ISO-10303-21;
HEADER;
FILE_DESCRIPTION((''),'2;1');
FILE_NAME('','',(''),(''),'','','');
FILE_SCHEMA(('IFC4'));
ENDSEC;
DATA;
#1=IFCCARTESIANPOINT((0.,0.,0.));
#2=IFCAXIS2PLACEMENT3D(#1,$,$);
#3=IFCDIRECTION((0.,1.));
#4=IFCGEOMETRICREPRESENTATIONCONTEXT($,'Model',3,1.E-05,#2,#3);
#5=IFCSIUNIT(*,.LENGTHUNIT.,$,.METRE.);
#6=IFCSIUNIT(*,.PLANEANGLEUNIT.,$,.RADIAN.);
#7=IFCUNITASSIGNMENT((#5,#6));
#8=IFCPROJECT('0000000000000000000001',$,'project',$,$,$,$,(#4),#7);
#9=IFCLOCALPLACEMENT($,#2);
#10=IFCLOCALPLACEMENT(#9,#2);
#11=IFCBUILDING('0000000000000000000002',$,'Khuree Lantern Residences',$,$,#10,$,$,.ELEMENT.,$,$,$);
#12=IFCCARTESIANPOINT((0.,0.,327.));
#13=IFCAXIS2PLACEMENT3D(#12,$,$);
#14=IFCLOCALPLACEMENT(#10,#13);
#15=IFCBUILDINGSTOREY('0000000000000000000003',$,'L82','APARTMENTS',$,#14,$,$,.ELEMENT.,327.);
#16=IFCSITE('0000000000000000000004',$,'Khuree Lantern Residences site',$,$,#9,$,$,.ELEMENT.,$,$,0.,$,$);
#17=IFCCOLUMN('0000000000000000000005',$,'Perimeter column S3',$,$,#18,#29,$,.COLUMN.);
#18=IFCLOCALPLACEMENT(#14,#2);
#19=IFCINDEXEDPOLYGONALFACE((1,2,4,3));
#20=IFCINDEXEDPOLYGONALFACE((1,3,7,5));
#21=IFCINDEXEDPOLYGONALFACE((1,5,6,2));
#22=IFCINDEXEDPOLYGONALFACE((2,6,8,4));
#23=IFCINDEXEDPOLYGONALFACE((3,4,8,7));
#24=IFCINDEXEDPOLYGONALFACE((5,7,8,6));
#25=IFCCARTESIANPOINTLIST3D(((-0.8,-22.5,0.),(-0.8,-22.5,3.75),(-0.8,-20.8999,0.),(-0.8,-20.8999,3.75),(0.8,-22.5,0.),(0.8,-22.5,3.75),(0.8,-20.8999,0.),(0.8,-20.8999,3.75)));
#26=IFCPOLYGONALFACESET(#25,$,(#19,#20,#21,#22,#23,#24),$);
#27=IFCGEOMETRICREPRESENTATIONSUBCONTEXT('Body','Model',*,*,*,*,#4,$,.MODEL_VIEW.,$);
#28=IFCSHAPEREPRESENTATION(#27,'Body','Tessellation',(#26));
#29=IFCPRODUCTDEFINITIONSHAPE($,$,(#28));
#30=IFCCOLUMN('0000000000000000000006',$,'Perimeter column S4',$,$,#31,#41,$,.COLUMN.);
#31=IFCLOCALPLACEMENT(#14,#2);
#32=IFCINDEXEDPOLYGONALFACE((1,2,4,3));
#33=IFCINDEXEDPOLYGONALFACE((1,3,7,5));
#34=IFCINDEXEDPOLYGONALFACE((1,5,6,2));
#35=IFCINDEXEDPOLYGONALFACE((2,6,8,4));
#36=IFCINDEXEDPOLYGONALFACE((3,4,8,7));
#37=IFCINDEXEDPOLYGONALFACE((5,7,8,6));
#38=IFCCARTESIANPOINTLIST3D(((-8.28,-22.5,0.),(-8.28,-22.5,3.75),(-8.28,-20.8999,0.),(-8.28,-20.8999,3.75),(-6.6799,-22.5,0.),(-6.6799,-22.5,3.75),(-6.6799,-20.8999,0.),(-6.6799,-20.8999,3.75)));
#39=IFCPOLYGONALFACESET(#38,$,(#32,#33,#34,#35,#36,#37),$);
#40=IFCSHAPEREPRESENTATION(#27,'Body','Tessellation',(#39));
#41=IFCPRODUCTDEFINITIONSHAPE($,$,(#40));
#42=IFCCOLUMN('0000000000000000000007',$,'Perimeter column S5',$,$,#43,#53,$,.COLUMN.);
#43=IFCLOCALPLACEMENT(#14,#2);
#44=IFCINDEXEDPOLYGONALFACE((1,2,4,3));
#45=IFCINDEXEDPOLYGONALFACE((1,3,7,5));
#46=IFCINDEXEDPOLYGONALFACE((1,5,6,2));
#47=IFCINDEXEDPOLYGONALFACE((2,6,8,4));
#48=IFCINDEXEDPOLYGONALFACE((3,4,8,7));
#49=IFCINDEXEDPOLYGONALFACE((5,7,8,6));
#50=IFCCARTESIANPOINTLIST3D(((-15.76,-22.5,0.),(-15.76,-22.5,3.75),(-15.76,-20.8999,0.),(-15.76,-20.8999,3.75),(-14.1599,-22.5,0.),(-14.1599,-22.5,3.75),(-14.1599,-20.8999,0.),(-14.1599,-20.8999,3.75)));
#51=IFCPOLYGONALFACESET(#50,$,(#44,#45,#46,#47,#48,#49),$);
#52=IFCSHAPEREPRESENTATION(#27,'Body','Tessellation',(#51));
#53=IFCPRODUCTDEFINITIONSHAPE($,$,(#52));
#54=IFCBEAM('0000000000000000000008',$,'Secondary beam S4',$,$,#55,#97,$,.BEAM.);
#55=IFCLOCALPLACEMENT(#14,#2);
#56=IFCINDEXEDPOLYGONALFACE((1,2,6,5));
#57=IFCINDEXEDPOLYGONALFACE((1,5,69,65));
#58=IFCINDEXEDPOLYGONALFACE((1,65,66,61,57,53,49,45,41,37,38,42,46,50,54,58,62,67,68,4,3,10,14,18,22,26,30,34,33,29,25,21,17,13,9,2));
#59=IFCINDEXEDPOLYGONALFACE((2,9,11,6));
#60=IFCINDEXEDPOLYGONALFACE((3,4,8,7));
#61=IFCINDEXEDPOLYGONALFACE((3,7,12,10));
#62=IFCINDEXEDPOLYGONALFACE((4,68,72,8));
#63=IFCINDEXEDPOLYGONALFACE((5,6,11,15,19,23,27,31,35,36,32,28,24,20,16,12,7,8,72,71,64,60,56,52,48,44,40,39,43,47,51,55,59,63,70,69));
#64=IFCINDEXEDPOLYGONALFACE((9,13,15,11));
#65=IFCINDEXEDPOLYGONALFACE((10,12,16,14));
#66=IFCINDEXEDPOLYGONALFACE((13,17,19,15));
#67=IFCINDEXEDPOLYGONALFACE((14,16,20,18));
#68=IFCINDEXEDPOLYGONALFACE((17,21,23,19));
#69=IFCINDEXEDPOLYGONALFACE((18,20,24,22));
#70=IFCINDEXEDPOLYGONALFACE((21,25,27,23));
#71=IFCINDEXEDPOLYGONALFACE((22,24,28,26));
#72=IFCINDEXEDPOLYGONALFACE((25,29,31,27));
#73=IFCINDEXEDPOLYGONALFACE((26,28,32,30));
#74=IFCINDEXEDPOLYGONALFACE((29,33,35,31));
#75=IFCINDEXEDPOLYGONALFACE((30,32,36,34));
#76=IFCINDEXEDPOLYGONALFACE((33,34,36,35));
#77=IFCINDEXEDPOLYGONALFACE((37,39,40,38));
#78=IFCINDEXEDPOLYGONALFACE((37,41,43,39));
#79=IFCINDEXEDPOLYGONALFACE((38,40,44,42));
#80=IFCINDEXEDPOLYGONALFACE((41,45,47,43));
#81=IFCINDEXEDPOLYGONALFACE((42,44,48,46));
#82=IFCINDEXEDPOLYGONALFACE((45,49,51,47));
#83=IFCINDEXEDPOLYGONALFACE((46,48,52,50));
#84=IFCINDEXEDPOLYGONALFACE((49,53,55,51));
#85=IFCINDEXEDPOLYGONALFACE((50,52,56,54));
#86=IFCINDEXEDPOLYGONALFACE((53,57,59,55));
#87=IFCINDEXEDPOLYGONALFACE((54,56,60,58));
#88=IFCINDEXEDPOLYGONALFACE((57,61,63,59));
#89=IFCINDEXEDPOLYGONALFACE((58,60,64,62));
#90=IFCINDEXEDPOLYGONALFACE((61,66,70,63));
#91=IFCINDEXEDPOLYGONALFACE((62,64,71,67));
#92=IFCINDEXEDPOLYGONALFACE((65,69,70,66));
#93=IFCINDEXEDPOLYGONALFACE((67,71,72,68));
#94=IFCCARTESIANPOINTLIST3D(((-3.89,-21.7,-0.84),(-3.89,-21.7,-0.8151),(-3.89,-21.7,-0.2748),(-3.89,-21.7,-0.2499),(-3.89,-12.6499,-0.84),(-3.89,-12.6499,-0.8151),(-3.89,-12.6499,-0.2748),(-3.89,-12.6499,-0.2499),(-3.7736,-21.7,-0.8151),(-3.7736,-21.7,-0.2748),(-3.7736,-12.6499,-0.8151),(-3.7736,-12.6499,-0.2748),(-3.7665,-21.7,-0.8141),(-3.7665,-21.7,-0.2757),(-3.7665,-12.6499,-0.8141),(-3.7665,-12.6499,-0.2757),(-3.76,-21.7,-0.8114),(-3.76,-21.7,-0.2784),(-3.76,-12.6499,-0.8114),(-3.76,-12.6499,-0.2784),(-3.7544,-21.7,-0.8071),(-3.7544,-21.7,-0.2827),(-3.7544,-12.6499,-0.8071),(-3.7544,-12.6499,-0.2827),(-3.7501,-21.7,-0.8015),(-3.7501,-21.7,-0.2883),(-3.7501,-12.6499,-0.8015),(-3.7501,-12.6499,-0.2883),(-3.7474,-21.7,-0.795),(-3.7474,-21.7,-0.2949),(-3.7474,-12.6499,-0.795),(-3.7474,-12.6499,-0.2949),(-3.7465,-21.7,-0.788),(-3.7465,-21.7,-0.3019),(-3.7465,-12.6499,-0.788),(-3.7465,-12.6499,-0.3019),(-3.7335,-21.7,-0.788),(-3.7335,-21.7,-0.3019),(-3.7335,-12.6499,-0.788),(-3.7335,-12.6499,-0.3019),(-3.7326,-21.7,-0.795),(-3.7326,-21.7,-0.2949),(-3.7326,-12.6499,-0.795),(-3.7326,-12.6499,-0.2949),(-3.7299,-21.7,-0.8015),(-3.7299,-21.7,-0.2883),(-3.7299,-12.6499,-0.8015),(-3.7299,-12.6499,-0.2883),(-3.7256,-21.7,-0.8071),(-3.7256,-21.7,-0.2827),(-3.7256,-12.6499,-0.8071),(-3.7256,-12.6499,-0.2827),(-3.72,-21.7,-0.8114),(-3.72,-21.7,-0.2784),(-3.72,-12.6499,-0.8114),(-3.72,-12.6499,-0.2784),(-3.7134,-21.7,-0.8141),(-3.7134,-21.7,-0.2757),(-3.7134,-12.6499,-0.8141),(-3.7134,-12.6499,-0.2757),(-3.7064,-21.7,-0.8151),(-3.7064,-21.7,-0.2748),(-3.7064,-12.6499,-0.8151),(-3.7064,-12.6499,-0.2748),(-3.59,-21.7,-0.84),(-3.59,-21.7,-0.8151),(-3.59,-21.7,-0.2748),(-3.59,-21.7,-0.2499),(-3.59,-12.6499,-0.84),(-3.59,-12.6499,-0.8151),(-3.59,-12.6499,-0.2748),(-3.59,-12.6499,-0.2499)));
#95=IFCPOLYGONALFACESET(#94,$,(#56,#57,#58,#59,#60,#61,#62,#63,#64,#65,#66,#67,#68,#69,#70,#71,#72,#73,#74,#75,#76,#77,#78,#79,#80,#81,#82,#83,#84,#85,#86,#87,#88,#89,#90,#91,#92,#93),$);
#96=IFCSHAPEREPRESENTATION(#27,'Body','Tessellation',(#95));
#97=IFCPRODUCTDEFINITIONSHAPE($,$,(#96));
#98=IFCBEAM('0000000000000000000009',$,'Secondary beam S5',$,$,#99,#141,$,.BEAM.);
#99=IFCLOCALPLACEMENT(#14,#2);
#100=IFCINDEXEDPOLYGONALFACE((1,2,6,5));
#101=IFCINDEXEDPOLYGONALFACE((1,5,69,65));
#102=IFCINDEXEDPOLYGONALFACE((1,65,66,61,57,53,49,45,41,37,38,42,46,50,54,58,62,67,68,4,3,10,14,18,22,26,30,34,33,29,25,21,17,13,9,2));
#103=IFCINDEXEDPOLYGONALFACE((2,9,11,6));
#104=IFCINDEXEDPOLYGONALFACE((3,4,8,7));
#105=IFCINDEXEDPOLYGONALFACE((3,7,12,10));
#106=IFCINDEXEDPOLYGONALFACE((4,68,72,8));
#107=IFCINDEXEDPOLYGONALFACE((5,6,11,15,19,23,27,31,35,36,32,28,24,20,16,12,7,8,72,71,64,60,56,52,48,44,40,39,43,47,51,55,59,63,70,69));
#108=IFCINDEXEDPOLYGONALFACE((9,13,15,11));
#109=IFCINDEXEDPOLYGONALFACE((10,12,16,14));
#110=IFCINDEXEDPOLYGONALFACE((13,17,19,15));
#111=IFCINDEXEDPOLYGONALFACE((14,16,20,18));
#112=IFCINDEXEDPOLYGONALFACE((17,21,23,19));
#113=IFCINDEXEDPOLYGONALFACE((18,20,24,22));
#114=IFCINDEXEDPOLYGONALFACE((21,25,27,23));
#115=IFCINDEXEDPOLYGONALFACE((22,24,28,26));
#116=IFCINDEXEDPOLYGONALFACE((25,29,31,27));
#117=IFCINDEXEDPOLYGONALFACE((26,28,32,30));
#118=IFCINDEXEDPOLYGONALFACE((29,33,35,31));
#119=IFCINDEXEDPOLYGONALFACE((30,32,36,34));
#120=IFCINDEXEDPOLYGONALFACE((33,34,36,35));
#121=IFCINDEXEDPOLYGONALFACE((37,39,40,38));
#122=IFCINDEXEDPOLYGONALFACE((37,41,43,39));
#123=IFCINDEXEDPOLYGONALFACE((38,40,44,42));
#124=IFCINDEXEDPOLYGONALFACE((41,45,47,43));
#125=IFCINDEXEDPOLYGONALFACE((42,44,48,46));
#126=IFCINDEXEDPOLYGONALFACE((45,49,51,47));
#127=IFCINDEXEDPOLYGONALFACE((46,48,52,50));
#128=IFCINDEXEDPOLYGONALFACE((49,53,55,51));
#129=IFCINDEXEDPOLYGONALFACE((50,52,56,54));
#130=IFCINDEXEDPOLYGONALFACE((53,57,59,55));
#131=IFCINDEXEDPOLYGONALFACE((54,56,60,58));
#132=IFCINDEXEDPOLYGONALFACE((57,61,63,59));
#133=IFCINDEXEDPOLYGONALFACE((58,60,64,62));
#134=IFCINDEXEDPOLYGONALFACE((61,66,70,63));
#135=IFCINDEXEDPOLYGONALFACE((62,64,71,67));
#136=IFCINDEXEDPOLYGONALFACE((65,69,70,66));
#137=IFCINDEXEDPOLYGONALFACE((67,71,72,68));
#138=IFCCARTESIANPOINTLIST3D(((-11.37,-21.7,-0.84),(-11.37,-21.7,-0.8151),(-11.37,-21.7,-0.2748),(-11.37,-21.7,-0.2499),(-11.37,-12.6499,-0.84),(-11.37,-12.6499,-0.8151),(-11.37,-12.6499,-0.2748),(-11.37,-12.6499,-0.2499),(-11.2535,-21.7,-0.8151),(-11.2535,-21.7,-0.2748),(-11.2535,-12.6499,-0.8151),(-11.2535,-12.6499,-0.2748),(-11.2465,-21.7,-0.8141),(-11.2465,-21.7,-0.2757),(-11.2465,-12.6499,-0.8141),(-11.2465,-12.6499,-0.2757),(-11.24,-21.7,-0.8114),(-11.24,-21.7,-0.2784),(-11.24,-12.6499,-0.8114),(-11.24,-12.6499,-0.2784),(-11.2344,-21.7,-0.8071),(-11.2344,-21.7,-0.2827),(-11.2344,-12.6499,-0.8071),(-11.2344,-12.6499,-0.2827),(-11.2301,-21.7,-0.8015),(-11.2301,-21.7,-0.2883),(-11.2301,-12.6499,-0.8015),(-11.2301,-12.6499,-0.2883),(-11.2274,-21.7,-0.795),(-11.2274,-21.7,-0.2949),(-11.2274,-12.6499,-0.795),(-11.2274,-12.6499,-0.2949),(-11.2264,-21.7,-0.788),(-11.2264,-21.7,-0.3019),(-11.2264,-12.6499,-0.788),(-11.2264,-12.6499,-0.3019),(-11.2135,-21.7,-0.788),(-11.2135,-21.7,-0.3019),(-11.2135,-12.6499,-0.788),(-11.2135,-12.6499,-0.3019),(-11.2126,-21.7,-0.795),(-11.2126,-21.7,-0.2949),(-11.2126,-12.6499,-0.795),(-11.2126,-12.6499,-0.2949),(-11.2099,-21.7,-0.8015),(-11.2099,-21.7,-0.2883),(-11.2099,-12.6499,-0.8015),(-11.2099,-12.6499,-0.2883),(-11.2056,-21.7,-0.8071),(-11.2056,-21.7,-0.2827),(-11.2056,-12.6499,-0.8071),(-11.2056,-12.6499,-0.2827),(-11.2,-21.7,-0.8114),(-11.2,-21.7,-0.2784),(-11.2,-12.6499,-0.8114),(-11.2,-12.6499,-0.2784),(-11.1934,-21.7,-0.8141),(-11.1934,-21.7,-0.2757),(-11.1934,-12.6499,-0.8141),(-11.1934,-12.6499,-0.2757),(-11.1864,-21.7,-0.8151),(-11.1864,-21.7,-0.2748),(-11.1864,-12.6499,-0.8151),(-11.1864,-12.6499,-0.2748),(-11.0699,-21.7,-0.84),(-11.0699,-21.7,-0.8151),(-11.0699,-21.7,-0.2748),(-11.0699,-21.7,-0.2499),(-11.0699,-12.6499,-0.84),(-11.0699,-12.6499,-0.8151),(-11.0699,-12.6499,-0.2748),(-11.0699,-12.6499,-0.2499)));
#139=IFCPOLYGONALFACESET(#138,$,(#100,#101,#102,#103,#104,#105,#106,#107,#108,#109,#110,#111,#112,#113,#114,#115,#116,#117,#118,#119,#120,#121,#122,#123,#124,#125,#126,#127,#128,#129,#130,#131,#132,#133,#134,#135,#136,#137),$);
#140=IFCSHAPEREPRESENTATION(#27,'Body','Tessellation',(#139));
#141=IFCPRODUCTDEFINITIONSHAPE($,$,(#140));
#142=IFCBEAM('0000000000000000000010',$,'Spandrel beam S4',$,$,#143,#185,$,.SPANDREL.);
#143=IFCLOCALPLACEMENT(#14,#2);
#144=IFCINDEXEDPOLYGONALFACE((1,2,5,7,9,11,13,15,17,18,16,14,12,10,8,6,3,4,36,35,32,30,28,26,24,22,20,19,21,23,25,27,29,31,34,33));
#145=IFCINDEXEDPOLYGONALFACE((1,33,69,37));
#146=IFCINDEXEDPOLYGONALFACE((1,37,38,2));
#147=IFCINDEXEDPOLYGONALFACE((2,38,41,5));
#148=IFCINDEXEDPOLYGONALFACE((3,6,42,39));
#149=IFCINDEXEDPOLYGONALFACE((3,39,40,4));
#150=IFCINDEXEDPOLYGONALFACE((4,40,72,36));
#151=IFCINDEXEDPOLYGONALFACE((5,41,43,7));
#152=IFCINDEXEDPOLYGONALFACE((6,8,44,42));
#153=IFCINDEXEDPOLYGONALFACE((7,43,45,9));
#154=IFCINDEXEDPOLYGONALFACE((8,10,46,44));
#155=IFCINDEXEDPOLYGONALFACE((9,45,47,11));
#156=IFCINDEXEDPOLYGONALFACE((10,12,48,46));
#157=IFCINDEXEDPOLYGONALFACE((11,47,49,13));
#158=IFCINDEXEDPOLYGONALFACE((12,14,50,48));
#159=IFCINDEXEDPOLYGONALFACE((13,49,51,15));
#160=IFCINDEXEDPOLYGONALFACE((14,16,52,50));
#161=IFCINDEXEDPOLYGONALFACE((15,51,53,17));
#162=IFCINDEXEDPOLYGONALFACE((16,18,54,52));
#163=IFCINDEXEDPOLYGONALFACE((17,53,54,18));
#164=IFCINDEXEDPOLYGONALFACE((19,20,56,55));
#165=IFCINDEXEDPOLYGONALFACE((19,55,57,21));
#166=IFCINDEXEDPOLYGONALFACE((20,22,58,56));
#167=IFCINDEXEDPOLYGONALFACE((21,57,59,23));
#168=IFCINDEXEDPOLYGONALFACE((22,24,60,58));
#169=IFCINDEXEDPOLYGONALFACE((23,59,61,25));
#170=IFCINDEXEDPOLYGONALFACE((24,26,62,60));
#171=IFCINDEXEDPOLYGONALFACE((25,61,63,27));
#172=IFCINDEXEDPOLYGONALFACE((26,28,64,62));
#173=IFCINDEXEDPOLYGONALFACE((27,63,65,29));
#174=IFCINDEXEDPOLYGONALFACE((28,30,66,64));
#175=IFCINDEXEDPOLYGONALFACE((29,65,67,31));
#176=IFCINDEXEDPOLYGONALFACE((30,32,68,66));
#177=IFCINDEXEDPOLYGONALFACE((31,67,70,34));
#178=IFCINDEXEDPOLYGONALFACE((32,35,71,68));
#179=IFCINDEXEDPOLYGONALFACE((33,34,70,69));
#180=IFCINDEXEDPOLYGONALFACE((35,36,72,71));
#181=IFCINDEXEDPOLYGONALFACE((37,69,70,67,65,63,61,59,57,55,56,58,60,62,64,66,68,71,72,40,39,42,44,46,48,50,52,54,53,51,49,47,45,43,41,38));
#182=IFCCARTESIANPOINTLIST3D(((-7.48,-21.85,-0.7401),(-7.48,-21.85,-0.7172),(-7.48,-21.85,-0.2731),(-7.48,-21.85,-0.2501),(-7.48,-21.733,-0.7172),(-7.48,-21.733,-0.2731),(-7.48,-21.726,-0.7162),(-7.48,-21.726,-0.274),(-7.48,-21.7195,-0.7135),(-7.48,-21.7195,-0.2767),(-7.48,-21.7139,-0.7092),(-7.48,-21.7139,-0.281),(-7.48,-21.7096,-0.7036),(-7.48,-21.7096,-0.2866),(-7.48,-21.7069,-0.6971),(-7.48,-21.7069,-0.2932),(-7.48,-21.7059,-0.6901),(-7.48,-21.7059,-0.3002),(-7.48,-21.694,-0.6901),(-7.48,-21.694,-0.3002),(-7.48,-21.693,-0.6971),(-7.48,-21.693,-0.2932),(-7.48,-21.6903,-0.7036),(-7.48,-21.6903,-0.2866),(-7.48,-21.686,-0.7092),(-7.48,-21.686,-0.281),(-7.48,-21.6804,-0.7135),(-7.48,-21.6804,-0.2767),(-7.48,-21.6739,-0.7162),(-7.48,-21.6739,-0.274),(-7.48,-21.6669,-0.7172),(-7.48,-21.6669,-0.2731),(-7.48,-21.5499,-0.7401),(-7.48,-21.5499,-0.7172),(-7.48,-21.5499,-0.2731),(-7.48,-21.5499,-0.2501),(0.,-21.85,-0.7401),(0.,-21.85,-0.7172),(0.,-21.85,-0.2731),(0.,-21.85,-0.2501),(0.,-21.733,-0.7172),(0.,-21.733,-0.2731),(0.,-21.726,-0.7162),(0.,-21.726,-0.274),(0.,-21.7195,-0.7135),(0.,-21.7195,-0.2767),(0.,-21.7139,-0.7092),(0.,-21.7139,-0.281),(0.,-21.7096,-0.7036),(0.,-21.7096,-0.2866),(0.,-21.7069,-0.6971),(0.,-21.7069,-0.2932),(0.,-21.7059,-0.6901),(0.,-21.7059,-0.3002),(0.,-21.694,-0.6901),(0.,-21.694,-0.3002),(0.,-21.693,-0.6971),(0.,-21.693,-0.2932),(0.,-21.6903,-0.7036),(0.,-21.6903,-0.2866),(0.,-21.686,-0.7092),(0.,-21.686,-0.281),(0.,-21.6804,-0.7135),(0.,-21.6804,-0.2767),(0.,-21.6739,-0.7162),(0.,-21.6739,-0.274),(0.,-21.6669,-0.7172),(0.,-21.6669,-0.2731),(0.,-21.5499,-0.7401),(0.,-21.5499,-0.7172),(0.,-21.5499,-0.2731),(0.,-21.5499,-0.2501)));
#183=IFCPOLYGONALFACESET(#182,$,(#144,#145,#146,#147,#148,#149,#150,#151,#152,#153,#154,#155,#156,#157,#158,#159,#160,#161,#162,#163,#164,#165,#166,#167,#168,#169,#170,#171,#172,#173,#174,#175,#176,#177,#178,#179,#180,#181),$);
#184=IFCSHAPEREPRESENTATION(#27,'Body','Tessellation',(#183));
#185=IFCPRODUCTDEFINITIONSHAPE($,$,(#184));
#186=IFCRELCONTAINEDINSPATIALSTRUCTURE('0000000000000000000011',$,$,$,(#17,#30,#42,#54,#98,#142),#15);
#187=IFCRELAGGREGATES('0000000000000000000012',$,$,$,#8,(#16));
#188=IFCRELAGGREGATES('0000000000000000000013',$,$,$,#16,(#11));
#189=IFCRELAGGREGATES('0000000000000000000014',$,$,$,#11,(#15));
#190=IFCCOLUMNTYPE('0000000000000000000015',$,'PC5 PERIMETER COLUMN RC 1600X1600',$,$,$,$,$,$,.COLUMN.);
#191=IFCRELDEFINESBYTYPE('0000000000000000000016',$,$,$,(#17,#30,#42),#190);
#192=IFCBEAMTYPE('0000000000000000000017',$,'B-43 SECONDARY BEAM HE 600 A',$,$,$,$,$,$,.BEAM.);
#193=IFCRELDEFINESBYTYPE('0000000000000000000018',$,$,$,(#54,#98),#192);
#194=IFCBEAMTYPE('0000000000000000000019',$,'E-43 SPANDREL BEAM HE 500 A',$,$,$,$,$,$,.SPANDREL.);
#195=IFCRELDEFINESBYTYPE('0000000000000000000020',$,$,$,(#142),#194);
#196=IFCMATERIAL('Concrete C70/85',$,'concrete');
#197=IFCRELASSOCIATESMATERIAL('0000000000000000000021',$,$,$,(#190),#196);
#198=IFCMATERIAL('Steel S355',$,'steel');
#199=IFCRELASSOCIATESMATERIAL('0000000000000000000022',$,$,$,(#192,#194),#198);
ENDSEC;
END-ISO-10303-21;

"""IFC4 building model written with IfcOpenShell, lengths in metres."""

from ifc_helpers import new_model, si_unit, direction, frame, origin, origin_2d, place, context, subcontext, project, spatial, rectangle, i_section, extrude, material, material_profile, profile_set, type_object, element, save


model = new_model("IFC4")

# Units and contexts
model_context = context("Model", 3, precision=1e-05, world=origin(), true_north=direction((0.0, 1.0)))
body_context = subcontext(model_context, "Body", "Model", "MODEL_VIEW")
ifc_project = project(units=[si_unit("LENGTHUNIT", "METRE"), si_unit("PLANEANGLEUNIT", "RADIAN")], contexts=[model_context])

# Site, building, storey
site_placement = place(None, origin())
site = spatial("IfcSite", under=ifc_project, at=site_placement, Name="Khuree Lantern Residences site", CompositionType="ELEMENT", RefElevation=0.0)
building_placement = place(site_placement, origin())
building = spatial("IfcBuilding", under=site, at=building_placement, Name="Khuree Lantern Residences", CompositionType="ELEMENT")
storey_placement = place(building_placement, frame((0.0, 0.0, 327.0)))
storey = spatial("IfcBuildingStorey", under=building, at=storey_placement, Name="L82", Description="APARTMENTS", CompositionType="ELEMENT", Elevation=327.0)

# Columns
ifc_material_1 = material(Name="Concrete C70/85", Category="concrete")
ifc_material_profile_1 = material_profile(ifc_material_1, rectangle(XDim=1.6001, YDim=1.6001, at=origin_2d()), Name="RC 1600X1600")
ifc_profile_set_1 = profile_set([ifc_material_profile_1], Name="Concrete C70/85")
column_type = type_object("IfcColumnType", Name="PC5 PERIMETER COLUMN RC 1600X1600", PredefinedType="COLUMN", material=ifc_profile_set_1)
for number, where, z_axis, x_axis, name in (
    (1, (0.0, -21.7, 0.0), (0.0, 0.0, 1.0), (1.0, 0.0, 0.0), "Perimeter column S3"),
    (2, (-7.48, -21.7, 0.0), (0.0, 0.0, 1.0), (1.0, 0.0, 0.0), "Perimeter column S4"),
    (3, (-14.96, -21.7, 0.0), (0.0, 0.0, 1.0), (1.0, 0.0, 0.0), "Perimeter column S5"),
):
    element("IfcColumn", number, at=place(storey_placement, frame(where, z_axis=z_axis, x_axis=x_axis)), inside=storey, type_object=column_type, Name=name, PredefinedType="COLUMN", context=body_context, shape_type="SweptSolid", body=[
        extrude(rectangle(XDim=1.6001, YDim=1.6001, at=origin_2d()), origin(), (0.0, 0.0, 1.0), 3.75),
    ])

# Beams
ifc_material_2 = material(Name="Steel S355", Category="steel")
ifc_material_profile_2 = material_profile(ifc_material_2, i_section(OverallWidth=0.3, OverallDepth=0.5901, WebThickness=0.0129, FlangeThickness=0.0249, FilletRadius=0.0271, at=origin_2d()), Name="HE 600 A")
ifc_profile_set_2 = profile_set([ifc_material_profile_2], Name="Steel S355")
beam_type_1 = type_object("IfcBeamType", Name="B-43 SECONDARY BEAM HE 600 A", PredefinedType="BEAM", material=ifc_profile_set_2)
for number, where, z_axis, x_axis, name in (
    (4, (-3.74, -21.7, -0.5449), (0.0, 1.0, 0.0), (-1.0, 0.0, 0.0), "Secondary beam S4"),
    (5, (-11.22, -21.7, -0.5449), (0.0, 1.0, 0.0), (-1.0, 0.0, 0.0), "Secondary beam S5"),
):
    element("IfcBeam", number, at=place(storey_placement, frame(where, z_axis=z_axis, x_axis=x_axis)), inside=storey, type_object=beam_type_1, Name=name, PredefinedType="BEAM", context=body_context, shape_type="SweptSolid", body=[
        extrude(i_section(OverallWidth=0.3, OverallDepth=0.5901, WebThickness=0.0129, FlangeThickness=0.0249, FilletRadius=0.0271, at=origin_2d()), origin(), (0.0, 0.0, 1.0), 9.05),
    ])
ifc_material_profile_3 = material_profile(ifc_material_2, i_section(OverallWidth=0.3, OverallDepth=0.49, WebThickness=0.012, FlangeThickness=0.0229, FilletRadius=0.0271, at=origin_2d()), Name="HE 500 A")
ifc_profile_set_3 = profile_set([ifc_material_profile_3], Name="Steel S355")
beam_type_2 = type_object("IfcBeamType", Name="E-43 SPANDREL BEAM HE 500 A", PredefinedType="SPANDREL", material=ifc_profile_set_3)
for number, where, z_axis, x_axis, name in (
    (6, (0.0, -21.7, -0.4951), (-1.0, 0.0, 0.0), (0.0, -1.0, 0.0), "Spandrel beam S4"),
):
    element("IfcBeam", number, at=place(storey_placement, frame(where, z_axis=z_axis, x_axis=x_axis)), inside=storey, type_object=beam_type_2, Name=name, PredefinedType="SPANDREL", context=body_context, shape_type="SweptSolid", body=[
        extrude(i_section(OverallWidth=0.3, OverallDepth=0.49, WebThickness=0.012, FlangeThickness=0.0229, FilletRadius=0.0271, at=origin_2d()), origin(), (0.0, 0.0, 1.0), 7.48),
    ])

save(model, "model.ifc")
